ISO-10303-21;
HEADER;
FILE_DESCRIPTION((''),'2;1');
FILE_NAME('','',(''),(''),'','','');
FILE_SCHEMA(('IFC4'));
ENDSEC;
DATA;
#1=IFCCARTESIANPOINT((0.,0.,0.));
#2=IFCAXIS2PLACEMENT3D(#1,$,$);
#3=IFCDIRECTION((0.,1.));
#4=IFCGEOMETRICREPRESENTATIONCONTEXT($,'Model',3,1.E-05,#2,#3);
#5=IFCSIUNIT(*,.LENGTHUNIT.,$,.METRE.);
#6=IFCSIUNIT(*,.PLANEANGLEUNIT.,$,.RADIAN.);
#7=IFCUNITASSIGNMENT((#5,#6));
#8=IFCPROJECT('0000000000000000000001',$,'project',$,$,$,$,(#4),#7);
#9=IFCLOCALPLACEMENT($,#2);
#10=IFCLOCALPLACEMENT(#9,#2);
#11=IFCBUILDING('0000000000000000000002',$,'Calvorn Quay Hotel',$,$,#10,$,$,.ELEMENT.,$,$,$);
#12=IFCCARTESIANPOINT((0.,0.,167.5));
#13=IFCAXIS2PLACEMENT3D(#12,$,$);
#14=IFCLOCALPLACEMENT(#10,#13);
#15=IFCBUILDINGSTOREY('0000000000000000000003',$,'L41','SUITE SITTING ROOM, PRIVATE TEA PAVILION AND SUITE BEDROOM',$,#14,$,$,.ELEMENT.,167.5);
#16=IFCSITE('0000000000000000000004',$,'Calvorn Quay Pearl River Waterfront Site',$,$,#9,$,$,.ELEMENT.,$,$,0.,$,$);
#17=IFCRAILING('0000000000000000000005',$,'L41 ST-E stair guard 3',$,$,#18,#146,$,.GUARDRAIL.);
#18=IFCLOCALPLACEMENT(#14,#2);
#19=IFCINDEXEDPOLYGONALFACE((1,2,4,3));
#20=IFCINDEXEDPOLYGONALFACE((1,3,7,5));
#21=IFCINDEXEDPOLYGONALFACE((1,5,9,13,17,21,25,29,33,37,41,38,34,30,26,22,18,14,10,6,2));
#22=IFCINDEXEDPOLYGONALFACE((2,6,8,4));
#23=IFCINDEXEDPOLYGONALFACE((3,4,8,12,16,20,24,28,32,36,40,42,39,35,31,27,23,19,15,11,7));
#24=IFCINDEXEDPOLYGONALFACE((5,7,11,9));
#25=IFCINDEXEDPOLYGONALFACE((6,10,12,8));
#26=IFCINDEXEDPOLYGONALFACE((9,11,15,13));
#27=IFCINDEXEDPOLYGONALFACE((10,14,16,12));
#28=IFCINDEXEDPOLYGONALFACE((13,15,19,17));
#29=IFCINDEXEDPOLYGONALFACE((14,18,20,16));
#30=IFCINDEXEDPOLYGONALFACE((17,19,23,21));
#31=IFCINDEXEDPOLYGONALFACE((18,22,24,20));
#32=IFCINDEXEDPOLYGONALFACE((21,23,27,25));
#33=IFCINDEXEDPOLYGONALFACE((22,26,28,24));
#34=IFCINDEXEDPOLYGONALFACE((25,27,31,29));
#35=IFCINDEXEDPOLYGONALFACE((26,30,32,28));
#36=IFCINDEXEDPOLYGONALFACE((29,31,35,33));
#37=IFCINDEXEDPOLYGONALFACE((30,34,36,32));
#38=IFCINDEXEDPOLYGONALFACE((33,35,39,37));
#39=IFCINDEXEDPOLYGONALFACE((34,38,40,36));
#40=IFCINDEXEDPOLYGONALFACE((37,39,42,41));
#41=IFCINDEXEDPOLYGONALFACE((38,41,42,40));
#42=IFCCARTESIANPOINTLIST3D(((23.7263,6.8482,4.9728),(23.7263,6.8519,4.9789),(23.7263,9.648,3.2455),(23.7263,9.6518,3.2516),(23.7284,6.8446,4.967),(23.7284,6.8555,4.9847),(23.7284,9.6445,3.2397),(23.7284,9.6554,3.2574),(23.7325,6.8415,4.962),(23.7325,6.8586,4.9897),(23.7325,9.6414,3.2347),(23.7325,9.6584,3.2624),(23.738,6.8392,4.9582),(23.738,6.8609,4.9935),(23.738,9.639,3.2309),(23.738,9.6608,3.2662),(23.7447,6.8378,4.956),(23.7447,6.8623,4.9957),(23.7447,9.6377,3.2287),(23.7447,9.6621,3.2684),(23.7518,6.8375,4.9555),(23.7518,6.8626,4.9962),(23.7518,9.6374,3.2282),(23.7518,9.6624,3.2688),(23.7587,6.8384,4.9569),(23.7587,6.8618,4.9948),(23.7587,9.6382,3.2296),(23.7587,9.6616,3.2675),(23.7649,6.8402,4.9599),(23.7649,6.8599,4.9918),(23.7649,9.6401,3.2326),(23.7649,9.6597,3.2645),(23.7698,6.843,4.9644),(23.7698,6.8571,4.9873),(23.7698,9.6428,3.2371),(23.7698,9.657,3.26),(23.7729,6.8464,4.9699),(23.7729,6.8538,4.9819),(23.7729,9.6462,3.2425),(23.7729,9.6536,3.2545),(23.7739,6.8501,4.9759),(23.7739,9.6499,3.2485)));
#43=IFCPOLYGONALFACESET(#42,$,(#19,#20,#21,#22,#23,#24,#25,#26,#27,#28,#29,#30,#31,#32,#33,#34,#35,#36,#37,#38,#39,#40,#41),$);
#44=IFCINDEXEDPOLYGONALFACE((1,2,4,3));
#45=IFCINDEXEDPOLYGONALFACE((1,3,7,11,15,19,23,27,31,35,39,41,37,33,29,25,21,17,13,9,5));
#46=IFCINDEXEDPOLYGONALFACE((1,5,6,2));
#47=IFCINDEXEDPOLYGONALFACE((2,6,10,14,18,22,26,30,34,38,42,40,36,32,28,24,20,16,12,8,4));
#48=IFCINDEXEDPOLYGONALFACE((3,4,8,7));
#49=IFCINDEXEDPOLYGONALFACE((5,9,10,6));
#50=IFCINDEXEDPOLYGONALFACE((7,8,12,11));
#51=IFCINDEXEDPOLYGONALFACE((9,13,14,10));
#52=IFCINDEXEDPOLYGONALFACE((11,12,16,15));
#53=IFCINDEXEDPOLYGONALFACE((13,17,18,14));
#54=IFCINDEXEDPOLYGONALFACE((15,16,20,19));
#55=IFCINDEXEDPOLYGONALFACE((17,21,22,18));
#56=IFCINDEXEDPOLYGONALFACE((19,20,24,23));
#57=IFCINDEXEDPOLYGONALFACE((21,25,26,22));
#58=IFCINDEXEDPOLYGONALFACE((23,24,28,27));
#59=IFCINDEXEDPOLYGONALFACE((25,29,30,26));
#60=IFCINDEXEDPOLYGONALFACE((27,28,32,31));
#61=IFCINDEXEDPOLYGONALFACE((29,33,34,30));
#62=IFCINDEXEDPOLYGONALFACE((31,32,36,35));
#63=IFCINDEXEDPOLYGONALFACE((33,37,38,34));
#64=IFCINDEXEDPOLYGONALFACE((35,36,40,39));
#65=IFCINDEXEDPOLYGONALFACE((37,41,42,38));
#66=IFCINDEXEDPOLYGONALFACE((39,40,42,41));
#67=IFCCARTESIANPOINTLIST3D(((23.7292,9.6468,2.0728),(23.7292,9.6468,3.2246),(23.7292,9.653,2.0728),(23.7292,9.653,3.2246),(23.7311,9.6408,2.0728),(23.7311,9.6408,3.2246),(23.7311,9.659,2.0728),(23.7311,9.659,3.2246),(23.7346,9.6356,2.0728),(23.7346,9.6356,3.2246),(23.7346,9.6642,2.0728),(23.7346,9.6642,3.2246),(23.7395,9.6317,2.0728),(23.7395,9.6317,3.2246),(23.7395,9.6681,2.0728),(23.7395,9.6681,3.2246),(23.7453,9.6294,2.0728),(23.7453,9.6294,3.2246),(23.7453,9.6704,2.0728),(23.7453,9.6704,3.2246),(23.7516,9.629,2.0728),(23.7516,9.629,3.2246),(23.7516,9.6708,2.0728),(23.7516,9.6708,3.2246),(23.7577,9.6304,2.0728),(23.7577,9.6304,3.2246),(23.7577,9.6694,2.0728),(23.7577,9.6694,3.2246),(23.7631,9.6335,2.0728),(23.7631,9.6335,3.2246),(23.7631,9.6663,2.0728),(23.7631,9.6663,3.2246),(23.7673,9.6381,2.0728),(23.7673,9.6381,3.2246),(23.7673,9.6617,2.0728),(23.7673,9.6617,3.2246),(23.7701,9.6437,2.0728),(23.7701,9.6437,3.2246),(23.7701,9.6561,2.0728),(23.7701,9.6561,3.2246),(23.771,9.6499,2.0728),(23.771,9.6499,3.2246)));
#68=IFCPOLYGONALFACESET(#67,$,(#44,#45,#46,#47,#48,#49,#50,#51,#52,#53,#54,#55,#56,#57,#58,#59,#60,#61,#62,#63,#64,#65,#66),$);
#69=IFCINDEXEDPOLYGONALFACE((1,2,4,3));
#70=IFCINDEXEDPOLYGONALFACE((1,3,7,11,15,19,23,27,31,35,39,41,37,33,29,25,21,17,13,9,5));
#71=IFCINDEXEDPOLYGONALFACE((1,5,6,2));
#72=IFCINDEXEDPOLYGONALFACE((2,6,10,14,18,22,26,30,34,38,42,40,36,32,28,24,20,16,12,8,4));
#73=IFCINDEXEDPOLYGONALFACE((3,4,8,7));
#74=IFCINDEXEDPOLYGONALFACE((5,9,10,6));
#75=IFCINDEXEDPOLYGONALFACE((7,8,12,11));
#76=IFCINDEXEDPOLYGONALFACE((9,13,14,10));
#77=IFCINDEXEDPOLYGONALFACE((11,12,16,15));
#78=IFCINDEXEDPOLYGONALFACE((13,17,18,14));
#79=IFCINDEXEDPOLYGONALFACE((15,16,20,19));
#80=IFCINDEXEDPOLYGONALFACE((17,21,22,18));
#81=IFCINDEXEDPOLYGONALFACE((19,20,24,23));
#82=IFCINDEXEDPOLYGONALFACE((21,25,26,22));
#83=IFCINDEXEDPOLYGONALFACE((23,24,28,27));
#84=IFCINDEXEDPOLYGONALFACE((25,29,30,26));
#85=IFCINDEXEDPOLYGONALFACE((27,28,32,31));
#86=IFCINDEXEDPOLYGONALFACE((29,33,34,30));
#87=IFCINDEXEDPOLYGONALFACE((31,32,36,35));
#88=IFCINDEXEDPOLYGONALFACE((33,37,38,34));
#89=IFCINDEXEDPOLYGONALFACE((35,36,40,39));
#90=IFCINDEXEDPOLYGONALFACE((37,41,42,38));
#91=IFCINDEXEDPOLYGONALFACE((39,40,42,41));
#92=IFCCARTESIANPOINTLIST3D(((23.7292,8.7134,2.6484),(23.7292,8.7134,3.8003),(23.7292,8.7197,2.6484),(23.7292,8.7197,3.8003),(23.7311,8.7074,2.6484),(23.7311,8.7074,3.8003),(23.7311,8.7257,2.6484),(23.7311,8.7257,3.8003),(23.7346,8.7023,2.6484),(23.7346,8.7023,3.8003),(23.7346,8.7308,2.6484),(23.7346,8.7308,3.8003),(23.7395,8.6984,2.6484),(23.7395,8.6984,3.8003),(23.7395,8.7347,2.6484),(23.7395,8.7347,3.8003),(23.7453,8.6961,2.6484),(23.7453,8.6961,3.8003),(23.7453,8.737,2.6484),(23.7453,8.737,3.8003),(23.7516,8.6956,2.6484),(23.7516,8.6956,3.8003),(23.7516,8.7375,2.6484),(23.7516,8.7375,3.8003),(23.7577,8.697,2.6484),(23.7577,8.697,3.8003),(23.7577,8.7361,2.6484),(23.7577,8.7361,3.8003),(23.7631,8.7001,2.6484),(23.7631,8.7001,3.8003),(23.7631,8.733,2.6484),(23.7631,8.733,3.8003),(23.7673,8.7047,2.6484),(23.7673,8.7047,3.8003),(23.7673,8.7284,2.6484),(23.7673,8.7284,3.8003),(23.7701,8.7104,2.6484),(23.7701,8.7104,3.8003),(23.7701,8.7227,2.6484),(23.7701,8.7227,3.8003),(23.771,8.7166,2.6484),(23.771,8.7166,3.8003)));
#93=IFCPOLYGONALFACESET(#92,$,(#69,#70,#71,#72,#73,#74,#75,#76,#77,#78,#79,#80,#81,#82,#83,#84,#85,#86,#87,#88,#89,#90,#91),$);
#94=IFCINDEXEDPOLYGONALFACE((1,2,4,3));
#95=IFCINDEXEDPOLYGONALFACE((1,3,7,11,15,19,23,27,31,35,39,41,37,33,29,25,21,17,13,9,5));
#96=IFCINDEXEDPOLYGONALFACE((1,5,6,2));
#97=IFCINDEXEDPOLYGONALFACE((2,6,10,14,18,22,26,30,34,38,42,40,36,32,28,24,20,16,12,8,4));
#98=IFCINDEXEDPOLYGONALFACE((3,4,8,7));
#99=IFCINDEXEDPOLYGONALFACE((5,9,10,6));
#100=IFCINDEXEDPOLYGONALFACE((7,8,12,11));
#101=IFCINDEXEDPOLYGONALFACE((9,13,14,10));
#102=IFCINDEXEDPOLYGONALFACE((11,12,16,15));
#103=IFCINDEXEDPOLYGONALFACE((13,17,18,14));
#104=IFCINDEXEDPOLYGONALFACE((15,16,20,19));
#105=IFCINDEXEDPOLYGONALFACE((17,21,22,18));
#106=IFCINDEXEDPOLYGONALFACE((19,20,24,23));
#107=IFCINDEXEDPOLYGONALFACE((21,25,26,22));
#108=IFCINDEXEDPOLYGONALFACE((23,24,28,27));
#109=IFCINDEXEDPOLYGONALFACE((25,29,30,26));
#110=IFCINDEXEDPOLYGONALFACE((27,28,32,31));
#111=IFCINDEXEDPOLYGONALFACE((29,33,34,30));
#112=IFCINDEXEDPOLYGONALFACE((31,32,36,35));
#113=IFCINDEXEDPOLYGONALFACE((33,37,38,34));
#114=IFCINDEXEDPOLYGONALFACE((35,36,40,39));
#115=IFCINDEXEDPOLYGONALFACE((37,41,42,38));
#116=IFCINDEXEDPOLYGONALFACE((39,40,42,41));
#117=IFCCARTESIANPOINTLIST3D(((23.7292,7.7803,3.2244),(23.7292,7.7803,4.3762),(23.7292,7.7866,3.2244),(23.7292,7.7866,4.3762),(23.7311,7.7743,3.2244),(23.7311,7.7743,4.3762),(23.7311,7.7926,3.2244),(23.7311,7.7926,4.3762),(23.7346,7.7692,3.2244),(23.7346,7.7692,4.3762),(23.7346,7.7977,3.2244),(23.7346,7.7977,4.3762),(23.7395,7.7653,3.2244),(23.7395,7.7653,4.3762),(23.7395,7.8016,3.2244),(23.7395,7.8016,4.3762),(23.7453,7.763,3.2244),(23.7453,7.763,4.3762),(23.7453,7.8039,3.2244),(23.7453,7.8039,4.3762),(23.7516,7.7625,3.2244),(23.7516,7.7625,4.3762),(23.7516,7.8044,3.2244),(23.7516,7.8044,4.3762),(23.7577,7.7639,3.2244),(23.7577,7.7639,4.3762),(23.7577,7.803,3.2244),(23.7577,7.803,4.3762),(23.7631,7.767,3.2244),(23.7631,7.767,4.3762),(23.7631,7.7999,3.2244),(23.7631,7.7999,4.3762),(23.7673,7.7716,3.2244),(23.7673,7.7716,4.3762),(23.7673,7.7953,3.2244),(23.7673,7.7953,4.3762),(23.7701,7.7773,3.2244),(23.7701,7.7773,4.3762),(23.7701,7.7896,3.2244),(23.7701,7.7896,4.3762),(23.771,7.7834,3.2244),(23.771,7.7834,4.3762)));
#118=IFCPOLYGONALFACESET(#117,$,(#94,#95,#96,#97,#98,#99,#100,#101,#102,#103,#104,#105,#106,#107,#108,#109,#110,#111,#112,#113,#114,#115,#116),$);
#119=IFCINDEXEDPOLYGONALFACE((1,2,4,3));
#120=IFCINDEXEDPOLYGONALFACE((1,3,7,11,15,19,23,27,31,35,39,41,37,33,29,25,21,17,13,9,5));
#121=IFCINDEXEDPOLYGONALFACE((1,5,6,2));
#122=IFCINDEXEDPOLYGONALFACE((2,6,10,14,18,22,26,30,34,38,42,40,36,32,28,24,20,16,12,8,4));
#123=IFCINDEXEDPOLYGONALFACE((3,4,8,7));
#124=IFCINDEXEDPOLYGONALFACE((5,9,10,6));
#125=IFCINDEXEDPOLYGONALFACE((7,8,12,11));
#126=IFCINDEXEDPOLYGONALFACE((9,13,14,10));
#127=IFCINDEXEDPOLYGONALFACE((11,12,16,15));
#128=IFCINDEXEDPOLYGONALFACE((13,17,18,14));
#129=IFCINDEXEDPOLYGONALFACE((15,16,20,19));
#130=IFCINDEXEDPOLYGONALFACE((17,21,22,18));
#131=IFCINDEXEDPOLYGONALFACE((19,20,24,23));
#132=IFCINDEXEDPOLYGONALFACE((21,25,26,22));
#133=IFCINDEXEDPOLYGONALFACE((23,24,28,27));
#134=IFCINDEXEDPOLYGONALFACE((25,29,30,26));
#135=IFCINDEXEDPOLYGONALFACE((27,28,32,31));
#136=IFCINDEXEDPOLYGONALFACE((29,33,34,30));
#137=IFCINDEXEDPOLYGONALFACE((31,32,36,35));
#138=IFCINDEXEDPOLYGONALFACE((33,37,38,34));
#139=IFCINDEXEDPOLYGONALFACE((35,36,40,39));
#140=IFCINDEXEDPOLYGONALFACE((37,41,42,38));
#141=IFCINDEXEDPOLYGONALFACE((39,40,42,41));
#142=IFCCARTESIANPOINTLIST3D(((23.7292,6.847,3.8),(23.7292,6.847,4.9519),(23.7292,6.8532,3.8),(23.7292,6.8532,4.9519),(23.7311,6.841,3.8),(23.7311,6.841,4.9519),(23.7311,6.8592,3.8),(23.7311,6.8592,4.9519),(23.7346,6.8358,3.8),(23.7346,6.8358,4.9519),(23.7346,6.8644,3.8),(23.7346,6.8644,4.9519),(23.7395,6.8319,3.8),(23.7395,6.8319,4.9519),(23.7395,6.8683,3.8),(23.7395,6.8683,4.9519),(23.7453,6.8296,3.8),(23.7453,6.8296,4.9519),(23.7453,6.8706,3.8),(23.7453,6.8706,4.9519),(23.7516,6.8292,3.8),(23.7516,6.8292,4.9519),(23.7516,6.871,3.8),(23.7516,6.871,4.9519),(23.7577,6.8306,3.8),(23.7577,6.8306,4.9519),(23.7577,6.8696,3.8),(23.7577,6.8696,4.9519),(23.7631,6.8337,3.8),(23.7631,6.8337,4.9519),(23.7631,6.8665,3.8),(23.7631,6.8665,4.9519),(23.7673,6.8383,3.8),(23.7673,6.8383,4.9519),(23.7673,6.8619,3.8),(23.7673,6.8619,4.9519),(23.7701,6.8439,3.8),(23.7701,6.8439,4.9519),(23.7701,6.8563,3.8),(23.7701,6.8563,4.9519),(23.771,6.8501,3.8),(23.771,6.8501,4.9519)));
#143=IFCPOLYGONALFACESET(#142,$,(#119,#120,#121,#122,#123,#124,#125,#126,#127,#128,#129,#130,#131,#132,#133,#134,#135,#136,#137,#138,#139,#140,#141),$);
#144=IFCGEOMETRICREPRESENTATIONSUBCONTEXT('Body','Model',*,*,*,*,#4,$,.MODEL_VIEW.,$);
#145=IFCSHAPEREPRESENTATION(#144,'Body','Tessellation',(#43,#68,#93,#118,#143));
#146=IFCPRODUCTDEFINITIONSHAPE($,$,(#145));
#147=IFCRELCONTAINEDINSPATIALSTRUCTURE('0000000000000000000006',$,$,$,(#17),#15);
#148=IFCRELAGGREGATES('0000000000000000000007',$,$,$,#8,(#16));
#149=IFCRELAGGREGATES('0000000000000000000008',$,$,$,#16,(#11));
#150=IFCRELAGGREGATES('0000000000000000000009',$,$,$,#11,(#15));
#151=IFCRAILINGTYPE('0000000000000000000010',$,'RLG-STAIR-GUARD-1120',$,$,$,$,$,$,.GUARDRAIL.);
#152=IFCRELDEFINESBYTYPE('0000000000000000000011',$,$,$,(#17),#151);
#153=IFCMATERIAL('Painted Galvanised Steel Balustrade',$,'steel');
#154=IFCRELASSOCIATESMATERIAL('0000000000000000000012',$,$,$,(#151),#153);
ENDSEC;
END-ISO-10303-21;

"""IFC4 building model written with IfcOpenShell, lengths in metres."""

from ifc_helpers import new_model, si_unit, direction, frame, origin, origin_2d, place, context, subcontext, project, spatial, circle, extrude, material, type_object, element, save


model = new_model("IFC4")

# Units and contexts
model_context = context("Model", 3, precision=1e-05, world=origin(), true_north=direction((0.0, 1.0)))
body_context = subcontext(model_context, "Body", "Model", "MODEL_VIEW")
ifc_project = project(units=[si_unit("LENGTHUNIT", "METRE"), si_unit("PLANEANGLEUNIT", "RADIAN")], contexts=[model_context])

# Site, building, storey
site_placement = place(None, origin())
site = spatial("IfcSite", under=ifc_project, at=site_placement, Name="Calvorn Quay Pearl River Waterfront Site", CompositionType="ELEMENT", RefElevation=0.0)
building_placement = place(site_placement, origin())
building = spatial("IfcBuilding", under=site, at=building_placement, Name="Calvorn Quay Hotel", CompositionType="ELEMENT")
storey_placement = place(building_placement, frame((0.0, 0.0, 167.5)))
storey = spatial("IfcBuildingStorey", under=building, at=storey_placement, Name="L41", Description="SUITE SITTING ROOM, PRIVATE TEA PAVILION AND SUITE BEDROOM", CompositionType="ELEMENT", Elevation=167.5)

# Railing
ifc_material_1 = material(Name="Painted Galvanised Steel Balustrade", Category="steel")
railing_type_1 = type_object("IfcRailingType", Name="RLG-STAIR-GUARD-1120", PredefinedType="GUARDRAIL", material=ifc_material_1)
railing_1_placement = place(storey_placement, frame((23.75, 9.6499, 2.0728)))
element("IfcRailing", 1, at=railing_1_placement, inside=storey, type_object=railing_type_1, Name="L41 ST-E stair guard 3", PredefinedType="GUARDRAIL", context=body_context, shape_type="SweptSolid", body=[
    extrude(circle(Radius=0.0239, at=origin_2d()), frame((0.0, 0.0, 1.1758), z_axis=(0.0, -0.851069, 0.525054), x_axis=(1.0, 0.0, 0.0)), (0.0, 0.0, 1.0), 3.2898),
    extrude(circle(Radius=0.021, at=origin_2d()), origin(), (0.0, 0.0, 1.0), 1.1519),
    extrude(circle(Radius=0.021, at=origin_2d()), frame((0.0, -0.9333, 0.5757)), (0.0, 0.0, 1.0), 1.1519),
    extrude(circle(Radius=0.021, at=origin_2d()), frame((0.0, -1.8665, 1.1516)), (0.0, 0.0, 1.0), 1.1519),
    extrude(circle(Radius=0.021, at=origin_2d()), frame((0.0, -2.7998, 1.7273)), (0.0, 0.0, 1.0), 1.1519),
])

save(model, "model.ifc")
